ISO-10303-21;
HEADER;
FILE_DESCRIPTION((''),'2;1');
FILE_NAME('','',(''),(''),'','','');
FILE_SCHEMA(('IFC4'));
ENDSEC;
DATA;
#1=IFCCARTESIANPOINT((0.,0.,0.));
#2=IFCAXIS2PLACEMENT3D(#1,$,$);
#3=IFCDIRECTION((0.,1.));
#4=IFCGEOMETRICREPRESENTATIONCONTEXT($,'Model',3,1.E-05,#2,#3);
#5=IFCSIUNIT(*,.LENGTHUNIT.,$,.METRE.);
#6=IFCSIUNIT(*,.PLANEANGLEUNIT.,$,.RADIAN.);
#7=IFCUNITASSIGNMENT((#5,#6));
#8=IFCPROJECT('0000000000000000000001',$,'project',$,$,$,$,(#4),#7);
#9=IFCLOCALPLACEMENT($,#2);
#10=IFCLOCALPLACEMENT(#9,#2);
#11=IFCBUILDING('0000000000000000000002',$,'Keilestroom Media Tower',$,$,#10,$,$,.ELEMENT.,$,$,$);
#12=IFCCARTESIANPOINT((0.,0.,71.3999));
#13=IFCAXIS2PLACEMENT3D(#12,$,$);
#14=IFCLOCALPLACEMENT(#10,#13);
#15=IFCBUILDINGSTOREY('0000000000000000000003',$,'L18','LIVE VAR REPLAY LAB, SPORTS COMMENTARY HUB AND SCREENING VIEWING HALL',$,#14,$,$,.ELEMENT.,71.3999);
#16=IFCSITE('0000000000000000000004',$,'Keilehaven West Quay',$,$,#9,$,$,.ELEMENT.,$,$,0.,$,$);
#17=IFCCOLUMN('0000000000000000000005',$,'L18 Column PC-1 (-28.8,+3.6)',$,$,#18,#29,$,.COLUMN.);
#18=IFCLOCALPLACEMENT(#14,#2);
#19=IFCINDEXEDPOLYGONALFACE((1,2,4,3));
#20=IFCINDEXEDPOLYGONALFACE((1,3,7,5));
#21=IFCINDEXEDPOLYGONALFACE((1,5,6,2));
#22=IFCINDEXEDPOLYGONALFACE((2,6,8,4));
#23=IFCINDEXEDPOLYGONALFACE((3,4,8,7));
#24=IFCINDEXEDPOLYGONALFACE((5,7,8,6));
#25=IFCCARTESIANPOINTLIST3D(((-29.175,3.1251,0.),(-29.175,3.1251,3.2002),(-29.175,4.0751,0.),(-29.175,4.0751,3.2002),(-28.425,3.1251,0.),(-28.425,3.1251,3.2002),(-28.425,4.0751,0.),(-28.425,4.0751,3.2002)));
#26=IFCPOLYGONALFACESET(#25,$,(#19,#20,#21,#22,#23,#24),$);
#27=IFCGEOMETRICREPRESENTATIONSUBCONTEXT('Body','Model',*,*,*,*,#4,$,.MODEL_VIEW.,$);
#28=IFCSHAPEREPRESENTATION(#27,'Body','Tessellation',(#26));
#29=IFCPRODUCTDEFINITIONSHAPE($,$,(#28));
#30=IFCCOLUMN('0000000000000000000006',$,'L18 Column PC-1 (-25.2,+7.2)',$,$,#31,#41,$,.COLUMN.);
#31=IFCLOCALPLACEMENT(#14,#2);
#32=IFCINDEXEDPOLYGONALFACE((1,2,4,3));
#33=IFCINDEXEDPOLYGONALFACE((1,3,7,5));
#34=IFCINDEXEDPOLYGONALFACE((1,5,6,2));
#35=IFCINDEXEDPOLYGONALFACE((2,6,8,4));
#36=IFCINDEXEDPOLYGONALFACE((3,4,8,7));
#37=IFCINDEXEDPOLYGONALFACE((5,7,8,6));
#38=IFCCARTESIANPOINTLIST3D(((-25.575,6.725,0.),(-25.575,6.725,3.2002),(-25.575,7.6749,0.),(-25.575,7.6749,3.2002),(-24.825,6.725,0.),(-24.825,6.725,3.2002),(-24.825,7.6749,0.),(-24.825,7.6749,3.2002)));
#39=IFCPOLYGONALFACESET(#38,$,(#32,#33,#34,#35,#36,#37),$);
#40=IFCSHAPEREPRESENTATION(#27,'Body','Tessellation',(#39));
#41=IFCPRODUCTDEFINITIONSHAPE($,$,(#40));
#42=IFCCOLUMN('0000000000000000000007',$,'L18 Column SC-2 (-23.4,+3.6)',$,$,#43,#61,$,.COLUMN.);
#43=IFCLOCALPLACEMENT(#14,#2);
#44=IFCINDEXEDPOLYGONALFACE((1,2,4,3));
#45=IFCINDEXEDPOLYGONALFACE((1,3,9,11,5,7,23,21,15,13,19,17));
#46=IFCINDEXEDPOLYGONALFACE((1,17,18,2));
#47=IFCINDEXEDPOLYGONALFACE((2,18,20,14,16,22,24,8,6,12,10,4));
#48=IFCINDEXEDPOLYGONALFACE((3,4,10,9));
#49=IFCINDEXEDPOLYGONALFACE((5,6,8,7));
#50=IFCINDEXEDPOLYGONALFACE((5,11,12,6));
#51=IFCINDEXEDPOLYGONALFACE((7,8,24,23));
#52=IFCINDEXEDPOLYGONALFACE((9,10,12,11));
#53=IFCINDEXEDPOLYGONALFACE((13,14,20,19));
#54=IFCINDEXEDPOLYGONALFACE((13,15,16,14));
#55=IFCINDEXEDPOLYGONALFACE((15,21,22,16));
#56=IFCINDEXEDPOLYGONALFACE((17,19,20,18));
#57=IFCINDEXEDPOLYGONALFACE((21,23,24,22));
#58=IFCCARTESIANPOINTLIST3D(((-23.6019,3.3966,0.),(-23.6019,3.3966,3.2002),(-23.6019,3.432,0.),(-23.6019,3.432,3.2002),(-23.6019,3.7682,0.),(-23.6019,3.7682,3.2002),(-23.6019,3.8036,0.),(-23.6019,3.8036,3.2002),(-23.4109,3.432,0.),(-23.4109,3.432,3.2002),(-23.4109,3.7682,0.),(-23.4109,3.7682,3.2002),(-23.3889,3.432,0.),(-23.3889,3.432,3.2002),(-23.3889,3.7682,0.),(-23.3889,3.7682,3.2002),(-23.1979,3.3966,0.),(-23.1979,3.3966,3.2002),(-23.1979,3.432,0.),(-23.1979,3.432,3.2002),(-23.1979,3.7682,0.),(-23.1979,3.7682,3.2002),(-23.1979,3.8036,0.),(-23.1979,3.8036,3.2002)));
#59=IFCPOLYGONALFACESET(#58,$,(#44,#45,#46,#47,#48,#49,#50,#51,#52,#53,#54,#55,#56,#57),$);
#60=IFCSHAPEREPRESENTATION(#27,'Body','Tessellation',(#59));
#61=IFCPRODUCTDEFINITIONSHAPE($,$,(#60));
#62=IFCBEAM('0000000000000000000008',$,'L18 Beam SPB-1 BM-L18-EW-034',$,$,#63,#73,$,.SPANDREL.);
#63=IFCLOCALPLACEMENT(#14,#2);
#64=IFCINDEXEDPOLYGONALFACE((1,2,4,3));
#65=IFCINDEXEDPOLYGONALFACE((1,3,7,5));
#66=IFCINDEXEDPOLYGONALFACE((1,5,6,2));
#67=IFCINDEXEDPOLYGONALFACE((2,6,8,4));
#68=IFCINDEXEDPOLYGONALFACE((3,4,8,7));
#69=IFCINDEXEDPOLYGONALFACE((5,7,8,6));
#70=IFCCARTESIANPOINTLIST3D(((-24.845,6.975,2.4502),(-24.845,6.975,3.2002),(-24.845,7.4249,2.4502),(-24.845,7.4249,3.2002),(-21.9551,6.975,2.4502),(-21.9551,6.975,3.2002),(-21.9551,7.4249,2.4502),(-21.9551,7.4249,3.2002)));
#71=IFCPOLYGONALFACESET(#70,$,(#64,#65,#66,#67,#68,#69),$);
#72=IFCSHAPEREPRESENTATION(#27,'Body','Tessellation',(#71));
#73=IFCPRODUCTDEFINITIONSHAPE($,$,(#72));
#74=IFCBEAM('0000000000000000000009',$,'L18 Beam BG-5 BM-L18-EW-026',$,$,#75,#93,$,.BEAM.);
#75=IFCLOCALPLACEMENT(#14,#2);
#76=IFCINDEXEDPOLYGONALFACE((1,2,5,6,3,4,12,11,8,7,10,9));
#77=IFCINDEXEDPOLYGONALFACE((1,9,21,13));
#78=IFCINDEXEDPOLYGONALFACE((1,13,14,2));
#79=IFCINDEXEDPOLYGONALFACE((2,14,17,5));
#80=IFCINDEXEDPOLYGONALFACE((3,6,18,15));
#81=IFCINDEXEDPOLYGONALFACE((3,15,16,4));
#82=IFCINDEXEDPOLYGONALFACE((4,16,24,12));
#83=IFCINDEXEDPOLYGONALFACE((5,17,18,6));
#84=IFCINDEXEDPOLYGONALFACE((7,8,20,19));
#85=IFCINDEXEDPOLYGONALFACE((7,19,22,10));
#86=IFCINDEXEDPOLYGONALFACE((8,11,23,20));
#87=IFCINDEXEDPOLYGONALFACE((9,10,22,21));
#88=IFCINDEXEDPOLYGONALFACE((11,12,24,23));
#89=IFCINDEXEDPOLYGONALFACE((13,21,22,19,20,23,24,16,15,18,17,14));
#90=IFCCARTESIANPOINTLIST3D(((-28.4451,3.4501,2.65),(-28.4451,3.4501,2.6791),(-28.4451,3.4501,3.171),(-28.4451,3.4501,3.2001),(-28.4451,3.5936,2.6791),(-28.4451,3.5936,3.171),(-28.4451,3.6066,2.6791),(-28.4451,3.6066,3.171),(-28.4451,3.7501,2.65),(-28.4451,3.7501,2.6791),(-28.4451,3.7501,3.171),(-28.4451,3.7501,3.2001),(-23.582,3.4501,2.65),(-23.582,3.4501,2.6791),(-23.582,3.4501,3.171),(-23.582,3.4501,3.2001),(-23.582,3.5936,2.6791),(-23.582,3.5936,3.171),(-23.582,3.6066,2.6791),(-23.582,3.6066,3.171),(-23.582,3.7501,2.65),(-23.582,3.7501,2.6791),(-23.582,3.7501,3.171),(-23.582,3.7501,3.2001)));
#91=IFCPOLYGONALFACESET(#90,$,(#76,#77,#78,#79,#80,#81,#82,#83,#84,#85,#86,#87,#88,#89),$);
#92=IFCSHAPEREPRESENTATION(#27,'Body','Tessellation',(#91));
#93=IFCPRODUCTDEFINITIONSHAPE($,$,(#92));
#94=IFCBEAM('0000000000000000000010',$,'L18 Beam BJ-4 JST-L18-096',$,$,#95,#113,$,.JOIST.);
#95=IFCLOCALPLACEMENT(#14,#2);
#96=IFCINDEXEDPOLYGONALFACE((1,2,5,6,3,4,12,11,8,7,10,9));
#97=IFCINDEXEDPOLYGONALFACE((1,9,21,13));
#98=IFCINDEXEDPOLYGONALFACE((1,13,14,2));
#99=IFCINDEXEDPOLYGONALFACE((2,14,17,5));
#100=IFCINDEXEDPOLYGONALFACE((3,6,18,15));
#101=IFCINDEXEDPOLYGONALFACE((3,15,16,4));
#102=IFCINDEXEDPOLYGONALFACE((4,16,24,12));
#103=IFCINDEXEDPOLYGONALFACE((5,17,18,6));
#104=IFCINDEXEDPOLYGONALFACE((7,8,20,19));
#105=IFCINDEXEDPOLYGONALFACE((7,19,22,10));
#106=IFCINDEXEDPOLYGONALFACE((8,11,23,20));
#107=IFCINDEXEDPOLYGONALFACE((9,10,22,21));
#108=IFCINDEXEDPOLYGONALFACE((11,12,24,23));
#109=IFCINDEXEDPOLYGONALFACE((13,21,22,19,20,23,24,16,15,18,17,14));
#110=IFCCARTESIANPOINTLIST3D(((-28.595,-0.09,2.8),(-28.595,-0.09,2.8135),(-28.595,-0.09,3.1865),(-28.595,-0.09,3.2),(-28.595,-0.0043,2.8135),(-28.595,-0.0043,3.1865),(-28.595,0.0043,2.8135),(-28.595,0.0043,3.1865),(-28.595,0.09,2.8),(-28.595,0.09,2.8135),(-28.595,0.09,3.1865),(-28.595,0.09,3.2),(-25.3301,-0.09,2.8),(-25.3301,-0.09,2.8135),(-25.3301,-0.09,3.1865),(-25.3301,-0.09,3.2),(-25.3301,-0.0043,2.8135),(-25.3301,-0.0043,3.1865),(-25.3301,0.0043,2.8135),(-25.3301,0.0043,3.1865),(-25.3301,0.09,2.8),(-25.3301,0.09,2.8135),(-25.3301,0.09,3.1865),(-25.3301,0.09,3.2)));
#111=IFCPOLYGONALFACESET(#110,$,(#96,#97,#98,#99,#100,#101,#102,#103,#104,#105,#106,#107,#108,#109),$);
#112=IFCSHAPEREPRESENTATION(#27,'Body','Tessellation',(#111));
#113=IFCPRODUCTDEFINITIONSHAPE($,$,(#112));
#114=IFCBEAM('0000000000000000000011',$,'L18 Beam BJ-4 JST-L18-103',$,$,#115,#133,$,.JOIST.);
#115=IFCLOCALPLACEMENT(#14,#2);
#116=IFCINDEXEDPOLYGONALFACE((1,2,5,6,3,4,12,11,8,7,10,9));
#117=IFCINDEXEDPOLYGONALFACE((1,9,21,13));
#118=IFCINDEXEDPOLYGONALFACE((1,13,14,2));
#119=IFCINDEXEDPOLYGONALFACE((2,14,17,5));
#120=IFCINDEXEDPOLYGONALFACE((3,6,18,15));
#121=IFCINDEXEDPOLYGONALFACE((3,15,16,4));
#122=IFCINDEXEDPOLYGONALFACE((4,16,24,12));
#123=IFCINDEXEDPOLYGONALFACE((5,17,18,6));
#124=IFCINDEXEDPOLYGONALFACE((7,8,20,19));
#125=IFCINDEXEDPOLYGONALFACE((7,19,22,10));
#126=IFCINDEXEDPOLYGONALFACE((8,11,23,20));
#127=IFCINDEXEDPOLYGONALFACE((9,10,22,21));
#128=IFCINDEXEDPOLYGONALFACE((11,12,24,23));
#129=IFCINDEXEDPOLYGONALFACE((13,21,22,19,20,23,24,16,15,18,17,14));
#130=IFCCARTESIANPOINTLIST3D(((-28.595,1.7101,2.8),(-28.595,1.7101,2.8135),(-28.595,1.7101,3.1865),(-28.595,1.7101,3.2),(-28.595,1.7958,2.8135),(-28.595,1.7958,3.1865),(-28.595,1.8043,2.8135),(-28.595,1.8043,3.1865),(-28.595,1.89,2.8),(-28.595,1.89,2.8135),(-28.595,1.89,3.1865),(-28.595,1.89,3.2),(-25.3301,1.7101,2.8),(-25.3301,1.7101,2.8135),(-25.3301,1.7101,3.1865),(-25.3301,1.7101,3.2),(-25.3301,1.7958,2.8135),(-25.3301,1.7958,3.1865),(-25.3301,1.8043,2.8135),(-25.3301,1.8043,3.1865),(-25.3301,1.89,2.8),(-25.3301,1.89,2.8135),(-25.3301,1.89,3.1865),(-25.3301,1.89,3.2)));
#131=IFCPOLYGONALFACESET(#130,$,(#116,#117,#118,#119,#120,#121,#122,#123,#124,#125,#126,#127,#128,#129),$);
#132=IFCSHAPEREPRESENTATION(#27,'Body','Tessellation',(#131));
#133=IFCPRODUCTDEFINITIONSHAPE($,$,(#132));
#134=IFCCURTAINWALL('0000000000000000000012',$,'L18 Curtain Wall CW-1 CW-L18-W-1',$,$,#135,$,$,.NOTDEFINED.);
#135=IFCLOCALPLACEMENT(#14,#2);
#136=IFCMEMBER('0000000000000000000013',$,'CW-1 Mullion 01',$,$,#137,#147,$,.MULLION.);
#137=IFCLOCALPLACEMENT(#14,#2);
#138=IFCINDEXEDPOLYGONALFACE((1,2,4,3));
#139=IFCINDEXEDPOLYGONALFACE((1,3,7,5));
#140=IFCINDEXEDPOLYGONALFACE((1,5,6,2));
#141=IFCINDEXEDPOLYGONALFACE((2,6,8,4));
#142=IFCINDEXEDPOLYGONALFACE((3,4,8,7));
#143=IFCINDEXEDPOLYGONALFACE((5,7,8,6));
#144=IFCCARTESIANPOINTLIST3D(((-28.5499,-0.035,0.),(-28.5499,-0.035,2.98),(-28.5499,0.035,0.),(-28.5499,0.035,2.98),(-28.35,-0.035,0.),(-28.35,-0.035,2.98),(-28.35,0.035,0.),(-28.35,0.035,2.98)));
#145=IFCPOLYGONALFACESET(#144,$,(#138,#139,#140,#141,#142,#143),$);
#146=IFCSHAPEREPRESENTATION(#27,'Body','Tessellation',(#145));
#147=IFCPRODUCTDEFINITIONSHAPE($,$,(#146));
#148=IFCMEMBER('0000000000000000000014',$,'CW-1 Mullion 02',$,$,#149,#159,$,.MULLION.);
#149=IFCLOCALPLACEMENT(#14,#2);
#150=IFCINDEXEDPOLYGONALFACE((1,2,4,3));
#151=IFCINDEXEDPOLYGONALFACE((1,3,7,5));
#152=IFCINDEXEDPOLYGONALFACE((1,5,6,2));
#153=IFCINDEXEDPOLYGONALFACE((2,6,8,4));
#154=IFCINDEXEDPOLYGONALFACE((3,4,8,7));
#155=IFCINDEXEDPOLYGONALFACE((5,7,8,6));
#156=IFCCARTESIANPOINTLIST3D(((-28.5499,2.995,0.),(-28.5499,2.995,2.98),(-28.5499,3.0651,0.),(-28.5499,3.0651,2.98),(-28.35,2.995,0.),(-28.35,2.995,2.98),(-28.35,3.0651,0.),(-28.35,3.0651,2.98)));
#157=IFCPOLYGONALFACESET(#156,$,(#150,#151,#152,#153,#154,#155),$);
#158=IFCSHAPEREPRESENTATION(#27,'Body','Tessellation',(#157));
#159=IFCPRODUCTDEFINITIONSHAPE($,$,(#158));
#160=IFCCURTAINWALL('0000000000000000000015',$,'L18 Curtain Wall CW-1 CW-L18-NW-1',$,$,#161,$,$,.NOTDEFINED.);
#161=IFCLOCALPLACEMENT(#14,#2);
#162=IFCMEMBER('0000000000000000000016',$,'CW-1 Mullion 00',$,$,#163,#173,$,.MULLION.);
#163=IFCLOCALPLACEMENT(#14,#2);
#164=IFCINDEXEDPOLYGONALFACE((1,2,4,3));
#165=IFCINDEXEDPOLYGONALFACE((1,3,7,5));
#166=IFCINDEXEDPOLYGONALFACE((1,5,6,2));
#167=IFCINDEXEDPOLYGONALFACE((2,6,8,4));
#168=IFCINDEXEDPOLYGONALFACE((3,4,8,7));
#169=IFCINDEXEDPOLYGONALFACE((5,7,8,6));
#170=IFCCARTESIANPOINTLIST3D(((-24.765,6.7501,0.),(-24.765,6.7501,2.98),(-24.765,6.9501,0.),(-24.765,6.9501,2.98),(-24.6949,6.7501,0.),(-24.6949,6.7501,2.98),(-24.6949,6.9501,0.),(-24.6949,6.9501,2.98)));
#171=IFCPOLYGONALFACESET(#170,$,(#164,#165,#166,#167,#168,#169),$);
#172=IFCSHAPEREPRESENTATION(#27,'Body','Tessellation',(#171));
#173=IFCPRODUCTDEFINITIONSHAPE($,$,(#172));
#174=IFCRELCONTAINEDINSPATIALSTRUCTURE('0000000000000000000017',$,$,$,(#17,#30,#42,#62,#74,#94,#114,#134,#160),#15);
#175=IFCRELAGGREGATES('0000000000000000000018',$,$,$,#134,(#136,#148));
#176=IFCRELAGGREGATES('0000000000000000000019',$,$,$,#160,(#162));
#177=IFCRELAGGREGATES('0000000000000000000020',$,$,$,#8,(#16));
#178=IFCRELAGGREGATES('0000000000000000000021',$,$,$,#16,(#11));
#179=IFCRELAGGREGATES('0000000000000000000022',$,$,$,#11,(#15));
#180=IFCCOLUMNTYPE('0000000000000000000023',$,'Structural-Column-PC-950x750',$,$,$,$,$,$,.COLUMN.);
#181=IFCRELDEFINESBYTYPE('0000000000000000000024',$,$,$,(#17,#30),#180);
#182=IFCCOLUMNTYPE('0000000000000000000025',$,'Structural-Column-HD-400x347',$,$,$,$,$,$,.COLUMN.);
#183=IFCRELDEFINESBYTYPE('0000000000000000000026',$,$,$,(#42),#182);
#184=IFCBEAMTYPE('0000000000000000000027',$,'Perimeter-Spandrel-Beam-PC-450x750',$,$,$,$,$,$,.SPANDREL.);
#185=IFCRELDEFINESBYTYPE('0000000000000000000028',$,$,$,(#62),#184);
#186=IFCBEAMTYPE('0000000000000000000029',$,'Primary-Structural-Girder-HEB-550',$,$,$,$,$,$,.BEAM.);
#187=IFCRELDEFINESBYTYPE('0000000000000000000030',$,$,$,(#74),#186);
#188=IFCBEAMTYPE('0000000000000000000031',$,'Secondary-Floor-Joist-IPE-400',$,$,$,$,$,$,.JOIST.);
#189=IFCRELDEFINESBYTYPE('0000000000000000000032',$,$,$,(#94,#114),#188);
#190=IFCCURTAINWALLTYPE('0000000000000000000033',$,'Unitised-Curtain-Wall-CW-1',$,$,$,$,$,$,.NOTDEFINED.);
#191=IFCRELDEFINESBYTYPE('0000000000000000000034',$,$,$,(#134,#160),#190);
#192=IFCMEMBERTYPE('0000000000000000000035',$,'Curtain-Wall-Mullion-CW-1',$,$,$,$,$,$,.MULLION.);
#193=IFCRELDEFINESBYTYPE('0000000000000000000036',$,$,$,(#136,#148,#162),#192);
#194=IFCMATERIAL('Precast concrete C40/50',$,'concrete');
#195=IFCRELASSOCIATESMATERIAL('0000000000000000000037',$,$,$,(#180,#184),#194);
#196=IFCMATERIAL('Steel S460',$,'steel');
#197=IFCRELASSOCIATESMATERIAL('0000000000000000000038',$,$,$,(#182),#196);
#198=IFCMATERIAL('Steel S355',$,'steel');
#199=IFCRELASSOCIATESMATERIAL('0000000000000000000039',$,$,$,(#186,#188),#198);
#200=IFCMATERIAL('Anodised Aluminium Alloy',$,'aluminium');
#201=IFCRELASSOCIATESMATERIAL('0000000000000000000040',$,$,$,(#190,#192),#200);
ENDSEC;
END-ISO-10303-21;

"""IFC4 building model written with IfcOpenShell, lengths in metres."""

from ifc_helpers import new_model, si_unit, direction, frame, origin, origin_2d, place, context, subcontext, project, spatial, rectangle, i_section, extrude, source, transform, mapped, material, material_profile, profile_set, type_object, element, aggregate, save


model = new_model("IFC4")

# Units and contexts
model_context = context("Model", 3, precision=1e-05, world=origin(), true_north=direction((0.0, 1.0)))
body_context = subcontext(model_context, "Body", "Model", "MODEL_VIEW")
ifc_project = project(units=[si_unit("LENGTHUNIT", "METRE"), si_unit("PLANEANGLEUNIT", "RADIAN")], contexts=[model_context])

# Site, building, storey
site_placement = place(None, origin())
site = spatial("IfcSite", under=ifc_project, at=site_placement, Name="Keilehaven West Quay", CompositionType="ELEMENT", RefElevation=0.0)
building_placement = place(site_placement, origin())
building = spatial("IfcBuilding", under=site, at=building_placement, Name="Keilestroom Media Tower", CompositionType="ELEMENT")
storey_placement = place(building_placement, frame((0.0, 0.0, 71.3999)))
storey = spatial("IfcBuildingStorey", under=building, at=storey_placement, Name="L18", Description="LIVE VAR REPLAY LAB, SPORTS COMMENTARY HUB AND SCREENING VIEWING HALL", CompositionType="ELEMENT", Elevation=71.3999)

# Columns
ifc_material_1 = material(Name="Precast concrete C40/50", Category="concrete")
ifc_material_profile_1 = material_profile(ifc_material_1, rectangle(XDim=0.75, YDim=0.95, at=origin_2d()), Name="PC 950x750")
ifc_profile_set_1 = profile_set([ifc_material_profile_1], Name="Precast concrete C40/50")
column_type_1 = type_object("IfcColumnType", Name="Structural-Column-PC-950x750", PredefinedType="COLUMN", material=ifc_profile_set_1)
shared_shape_1 = source(origin(), body_context, "Body", "SweptSolid", [
    extrude(rectangle(XDim=0.75, YDim=0.95, at=origin_2d()), origin(), (0.0, 0.0, 1.0), 3.2002),
])
for number, where, z_axis, x_axis, name in (
    (1, (-28.8, 3.6001, 0.0), (0.0, 0.0, 1.0), (1.0, 0.0, 0.0), "L18 Column PC-1 (-28.8,+3.6)"),
    (2, (-25.2, 7.2, 0.0), (0.0, 0.0, 1.0), (1.0, 0.0, 0.0), "L18 Column PC-1 (-25.2,+7.2)"),
):
    element("IfcColumn", number, at=place(storey_placement, frame(where, z_axis=z_axis, x_axis=x_axis)), inside=storey, type_object=column_type_1, Name=name, PredefinedType="COLUMN", context=body_context, shape_type="MappedRepresentation", body=[
        mapped(shared_shape_1, transform((0.0, 0.0, 0.0), x_axis=(1.0, 0.0, 0.0), y_axis=(0.0, 1.0, 0.0), z_axis=(0.0, 0.0, 1.0), scale=1.0)),
    ])
ifc_material_2 = material(Name="Steel S460", Category="steel")
ifc_material_profile_2 = material_profile(ifc_material_2, i_section(OverallWidth=0.4041, OverallDepth=0.407, WebThickness=0.022, FlangeThickness=0.0354, at=origin_2d()), Name="HD 400x347")
ifc_profile_set_2 = profile_set([ifc_material_profile_2], Name="Steel S460")
column_type_2 = type_object("IfcColumnType", Name="Structural-Column-HD-400x347", PredefinedType="COLUMN", material=ifc_profile_set_2)
shared_shape_2 = source(origin(), body_context, "Body", "SweptSolid", [
    extrude(i_section(OverallWidth=0.4041, OverallDepth=0.407, WebThickness=0.022, FlangeThickness=0.0354, at=origin_2d()), origin(), (0.0, 0.0, 1.0), 3.2002),
])
column_placement = place(storey_placement, frame((-23.3999, 3.6001, 0.0), z_axis=(0.0, 0.0, 1.0), x_axis=(1.0, 0.0, 0.0)))
element("IfcColumn", 3, at=column_placement, inside=storey, type_object=column_type_2, Name="L18 Column SC-2 (-23.4,+3.6)", PredefinedType="COLUMN", context=body_context, shape_type="MappedRepresentation", body=[
    mapped(shared_shape_2, transform((0.0, 0.0, 0.0), x_axis=(1.0, 0.0, 0.0), y_axis=(0.0, 1.0, 0.0), z_axis=(0.0, 0.0, 1.0), scale=1.0)),
])

# Beams
ifc_material_profile_3 = material_profile(ifc_material_1, rectangle(XDim=0.45, YDim=0.75, at=origin_2d()), Name="PC 450x750")
ifc_profile_set_3 = profile_set([ifc_material_profile_3], Name="Precast concrete C40/50")
beam_type_1 = type_object("IfcBeamType", Name="Perimeter-Spandrel-Beam-PC-450x750", PredefinedType="SPANDREL", material=ifc_profile_set_3)
shared_shape_3 = source(origin(), body_context, "Body", "SweptSolid", [
    extrude(rectangle(XDim=0.45, YDim=0.75, at=origin_2d()), origin(), (0.0, 0.0, 1.0), 2.8899),
])
beam_1_placement = place(storey_placement, frame((-24.845, 7.2, 2.8252), z_axis=(1.0, 0.0, 0.0), x_axis=(0.0, 1.0, 0.0)))
element("IfcBeam", 4, at=beam_1_placement, inside=storey, type_object=beam_type_1, Name="L18 Beam SPB-1 BM-L18-EW-034", PredefinedType="SPANDREL", context=body_context, shape_type="MappedRepresentation", body=[
    mapped(shared_shape_3, transform((0.0, 0.0, 0.0), x_axis=(1.0, 0.0, 0.0), y_axis=(0.0, 1.0, 0.0), z_axis=(0.0, 0.0, 1.0), scale=1.0)),
])
ifc_material_3 = material(Name="Steel S355", Category="steel")
ifc_material_profile_4 = material_profile(ifc_material_3, i_section(OverallWidth=0.3, OverallDepth=0.55, WebThickness=0.0129, FlangeThickness=0.0291, at=origin_2d()), Name="HEB 550")
ifc_profile_set_4 = profile_set([ifc_material_profile_4], Name="Steel S355")
beam_type_2 = type_object("IfcBeamType", Name="Primary-Structural-Girder-HEB-550", PredefinedType="BEAM", material=ifc_profile_set_4)
shared_shape_4 = source(origin(), body_context, "Body", "SweptSolid", [
    extrude(i_section(OverallWidth=0.3, OverallDepth=0.55, WebThickness=0.0129, FlangeThickness=0.0291, at=origin_2d()), origin(), (0.0, 0.0, 1.0), 4.863),
])
beam_2_placement = place(storey_placement, frame((-28.4451, 3.6001, 2.925), z_axis=(1.0, 0.0, 0.0), x_axis=(0.0, 1.0, 0.0)))
element("IfcBeam", 5, at=beam_2_placement, inside=storey, type_object=beam_type_2, Name="L18 Beam BG-5 BM-L18-EW-026", PredefinedType="BEAM", context=body_context, shape_type="MappedRepresentation", body=[
    mapped(shared_shape_4, transform((0.0, 0.0, 0.0), x_axis=(1.0, 0.0, 0.0), y_axis=(0.0, 1.0, 0.0), z_axis=(0.0, 0.0, 1.0), scale=1.0)),
])
ifc_material_profile_5 = material_profile(ifc_material_3, i_section(OverallWidth=0.1799, OverallDepth=0.3999, WebThickness=0.0085, FlangeThickness=0.0134, at=origin_2d()), Name="IPE 400")
ifc_profile_set_5 = profile_set([ifc_material_profile_5], Name="Steel S355")
beam_type_3 = type_object("IfcBeamType", Name="Secondary-Floor-Joist-IPE-400", PredefinedType="JOIST", material=ifc_profile_set_5)
shared_shape_5 = source(origin(), body_context, "Body", "SweptSolid", [
    extrude(i_section(OverallWidth=0.1799, OverallDepth=0.3999, WebThickness=0.0085, FlangeThickness=0.0134, at=origin_2d()), origin(), (0.0, 0.0, 1.0), 3.2649),
])
for number, where, z_axis, x_axis, name in (
    (6, (-28.595, 0.0, 3.0), (1.0, 0.0, 0.0), (0.0, 1.0, 0.0), "L18 Beam BJ-4 JST-L18-096"),
    (7, (-28.595, 1.8, 3.0), (1.0, 0.0, 0.0), (0.0, 1.0, 0.0), "L18 Beam BJ-4 JST-L18-103"),
):
    element("IfcBeam", number, at=place(storey_placement, frame(where, z_axis=z_axis, x_axis=x_axis)), inside=storey, type_object=beam_type_3, Name=name, PredefinedType="JOIST", context=body_context, shape_type="MappedRepresentation", body=[
        mapped(shared_shape_5, transform((0.0, 0.0, 0.0), x_axis=(1.0, 0.0, 0.0), y_axis=(0.0, 1.0, 0.0), z_axis=(0.0, 0.0, 1.0), scale=1.0)),
    ])

# Curtain wall, members
ifc_material_4 = material(Name="Anodised Aluminium Alloy", Category="aluminium")
curtain_wall_type = type_object("IfcCurtainWallType", Name="Unitised-Curtain-Wall-CW-1", PredefinedType="NOTDEFINED", material=ifc_material_4)
curtain_wall_1_placement = place(storey_placement, origin())
curtain_wall_1 = element("IfcCurtainWall", 8, at=curtain_wall_1_placement, inside=storey, type_object=curtain_wall_type, Name="L18 Curtain Wall CW-1 CW-L18-W-1", PredefinedType="NOTDEFINED")
ifc_material_profile_6 = material_profile(ifc_material_4, rectangle(XDim=0.0701, YDim=0.2, at=origin_2d()), Name="ALU MULLION 70x200")
ifc_profile_set_6 = profile_set([ifc_material_profile_6], Name="Anodised Aluminium Alloy")
member_type_1 = type_object("IfcMemberType", Name="Curtain-Wall-Mullion-CW-1", PredefinedType="MULLION", material=ifc_profile_set_6)
shared_shape_6 = source(origin(), body_context, "Body", "SweptSolid", [
    extrude(rectangle(XDim=0.0701, YDim=0.2, at=origin_2d()), origin(), (0.0, 0.0, 1.0), 2.98),
])
member_1_placement = place(storey_placement, frame((-28.45, 0.0, 0.0), z_axis=(0.0, 0.0, 1.0), x_axis=(0.0, 1.0, 0.0)))
member_1 = element("IfcMember", 9, at=member_1_placement, type_object=member_type_1, Name="CW-1 Mullion 01", PredefinedType="MULLION", context=body_context, shape_type="MappedRepresentation", body=[
    mapped(shared_shape_6, transform((0.0, 0.0, 0.0), x_axis=(1.0, 0.0, 0.0), y_axis=(0.0, 1.0, 0.0), z_axis=(0.0, 0.0, 1.0), scale=1.0)),
])
member_2_placement = place(storey_placement, frame((-28.45, 3.03, 0.0), z_axis=(0.0, 0.0, 1.0), x_axis=(0.0, 1.0, 0.0)))
member_2 = element("IfcMember", 10, at=member_2_placement, type_object=member_type_1, Name="CW-1 Mullion 02", PredefinedType="MULLION", context=body_context, shape_type="MappedRepresentation", body=[
    mapped(shared_shape_6, transform((0.0, 0.0, 0.0), x_axis=(1.0, 0.0, 0.0), y_axis=(0.0, 1.0, 0.0), z_axis=(0.0, 0.0, 1.0), scale=1.0)),
])

# Curtain wall, member
curtain_wall_2_placement = place(storey_placement, origin())
curtain_wall_2 = element("IfcCurtainWall", 11, at=curtain_wall_2_placement, inside=storey, type_object=curtain_wall_type, Name="L18 Curtain Wall CW-1 CW-L18-NW-1", PredefinedType="NOTDEFINED")
member_3_placement = place(storey_placement, frame((-24.73, 6.8501, 0.0), z_axis=(0.0, 0.0, 1.0), x_axis=(1.0, 0.0, 0.0)))
member_3 = element("IfcMember", 12, at=member_3_placement, type_object=member_type_1, Name="CW-1 Mullion 00", PredefinedType="MULLION", context=body_context, shape_type="MappedRepresentation", body=[
    mapped(shared_shape_6, transform((0.0, 0.0, 0.0), x_axis=(1.0, 0.0, 0.0), y_axis=(0.0, 1.0, 0.0), z_axis=(0.0, 0.0, 1.0), scale=1.0)),
])

aggregate(curtain_wall_1, [member_1, member_2])
aggregate(curtain_wall_2, [member_3])

save(model, "model.ifc")
